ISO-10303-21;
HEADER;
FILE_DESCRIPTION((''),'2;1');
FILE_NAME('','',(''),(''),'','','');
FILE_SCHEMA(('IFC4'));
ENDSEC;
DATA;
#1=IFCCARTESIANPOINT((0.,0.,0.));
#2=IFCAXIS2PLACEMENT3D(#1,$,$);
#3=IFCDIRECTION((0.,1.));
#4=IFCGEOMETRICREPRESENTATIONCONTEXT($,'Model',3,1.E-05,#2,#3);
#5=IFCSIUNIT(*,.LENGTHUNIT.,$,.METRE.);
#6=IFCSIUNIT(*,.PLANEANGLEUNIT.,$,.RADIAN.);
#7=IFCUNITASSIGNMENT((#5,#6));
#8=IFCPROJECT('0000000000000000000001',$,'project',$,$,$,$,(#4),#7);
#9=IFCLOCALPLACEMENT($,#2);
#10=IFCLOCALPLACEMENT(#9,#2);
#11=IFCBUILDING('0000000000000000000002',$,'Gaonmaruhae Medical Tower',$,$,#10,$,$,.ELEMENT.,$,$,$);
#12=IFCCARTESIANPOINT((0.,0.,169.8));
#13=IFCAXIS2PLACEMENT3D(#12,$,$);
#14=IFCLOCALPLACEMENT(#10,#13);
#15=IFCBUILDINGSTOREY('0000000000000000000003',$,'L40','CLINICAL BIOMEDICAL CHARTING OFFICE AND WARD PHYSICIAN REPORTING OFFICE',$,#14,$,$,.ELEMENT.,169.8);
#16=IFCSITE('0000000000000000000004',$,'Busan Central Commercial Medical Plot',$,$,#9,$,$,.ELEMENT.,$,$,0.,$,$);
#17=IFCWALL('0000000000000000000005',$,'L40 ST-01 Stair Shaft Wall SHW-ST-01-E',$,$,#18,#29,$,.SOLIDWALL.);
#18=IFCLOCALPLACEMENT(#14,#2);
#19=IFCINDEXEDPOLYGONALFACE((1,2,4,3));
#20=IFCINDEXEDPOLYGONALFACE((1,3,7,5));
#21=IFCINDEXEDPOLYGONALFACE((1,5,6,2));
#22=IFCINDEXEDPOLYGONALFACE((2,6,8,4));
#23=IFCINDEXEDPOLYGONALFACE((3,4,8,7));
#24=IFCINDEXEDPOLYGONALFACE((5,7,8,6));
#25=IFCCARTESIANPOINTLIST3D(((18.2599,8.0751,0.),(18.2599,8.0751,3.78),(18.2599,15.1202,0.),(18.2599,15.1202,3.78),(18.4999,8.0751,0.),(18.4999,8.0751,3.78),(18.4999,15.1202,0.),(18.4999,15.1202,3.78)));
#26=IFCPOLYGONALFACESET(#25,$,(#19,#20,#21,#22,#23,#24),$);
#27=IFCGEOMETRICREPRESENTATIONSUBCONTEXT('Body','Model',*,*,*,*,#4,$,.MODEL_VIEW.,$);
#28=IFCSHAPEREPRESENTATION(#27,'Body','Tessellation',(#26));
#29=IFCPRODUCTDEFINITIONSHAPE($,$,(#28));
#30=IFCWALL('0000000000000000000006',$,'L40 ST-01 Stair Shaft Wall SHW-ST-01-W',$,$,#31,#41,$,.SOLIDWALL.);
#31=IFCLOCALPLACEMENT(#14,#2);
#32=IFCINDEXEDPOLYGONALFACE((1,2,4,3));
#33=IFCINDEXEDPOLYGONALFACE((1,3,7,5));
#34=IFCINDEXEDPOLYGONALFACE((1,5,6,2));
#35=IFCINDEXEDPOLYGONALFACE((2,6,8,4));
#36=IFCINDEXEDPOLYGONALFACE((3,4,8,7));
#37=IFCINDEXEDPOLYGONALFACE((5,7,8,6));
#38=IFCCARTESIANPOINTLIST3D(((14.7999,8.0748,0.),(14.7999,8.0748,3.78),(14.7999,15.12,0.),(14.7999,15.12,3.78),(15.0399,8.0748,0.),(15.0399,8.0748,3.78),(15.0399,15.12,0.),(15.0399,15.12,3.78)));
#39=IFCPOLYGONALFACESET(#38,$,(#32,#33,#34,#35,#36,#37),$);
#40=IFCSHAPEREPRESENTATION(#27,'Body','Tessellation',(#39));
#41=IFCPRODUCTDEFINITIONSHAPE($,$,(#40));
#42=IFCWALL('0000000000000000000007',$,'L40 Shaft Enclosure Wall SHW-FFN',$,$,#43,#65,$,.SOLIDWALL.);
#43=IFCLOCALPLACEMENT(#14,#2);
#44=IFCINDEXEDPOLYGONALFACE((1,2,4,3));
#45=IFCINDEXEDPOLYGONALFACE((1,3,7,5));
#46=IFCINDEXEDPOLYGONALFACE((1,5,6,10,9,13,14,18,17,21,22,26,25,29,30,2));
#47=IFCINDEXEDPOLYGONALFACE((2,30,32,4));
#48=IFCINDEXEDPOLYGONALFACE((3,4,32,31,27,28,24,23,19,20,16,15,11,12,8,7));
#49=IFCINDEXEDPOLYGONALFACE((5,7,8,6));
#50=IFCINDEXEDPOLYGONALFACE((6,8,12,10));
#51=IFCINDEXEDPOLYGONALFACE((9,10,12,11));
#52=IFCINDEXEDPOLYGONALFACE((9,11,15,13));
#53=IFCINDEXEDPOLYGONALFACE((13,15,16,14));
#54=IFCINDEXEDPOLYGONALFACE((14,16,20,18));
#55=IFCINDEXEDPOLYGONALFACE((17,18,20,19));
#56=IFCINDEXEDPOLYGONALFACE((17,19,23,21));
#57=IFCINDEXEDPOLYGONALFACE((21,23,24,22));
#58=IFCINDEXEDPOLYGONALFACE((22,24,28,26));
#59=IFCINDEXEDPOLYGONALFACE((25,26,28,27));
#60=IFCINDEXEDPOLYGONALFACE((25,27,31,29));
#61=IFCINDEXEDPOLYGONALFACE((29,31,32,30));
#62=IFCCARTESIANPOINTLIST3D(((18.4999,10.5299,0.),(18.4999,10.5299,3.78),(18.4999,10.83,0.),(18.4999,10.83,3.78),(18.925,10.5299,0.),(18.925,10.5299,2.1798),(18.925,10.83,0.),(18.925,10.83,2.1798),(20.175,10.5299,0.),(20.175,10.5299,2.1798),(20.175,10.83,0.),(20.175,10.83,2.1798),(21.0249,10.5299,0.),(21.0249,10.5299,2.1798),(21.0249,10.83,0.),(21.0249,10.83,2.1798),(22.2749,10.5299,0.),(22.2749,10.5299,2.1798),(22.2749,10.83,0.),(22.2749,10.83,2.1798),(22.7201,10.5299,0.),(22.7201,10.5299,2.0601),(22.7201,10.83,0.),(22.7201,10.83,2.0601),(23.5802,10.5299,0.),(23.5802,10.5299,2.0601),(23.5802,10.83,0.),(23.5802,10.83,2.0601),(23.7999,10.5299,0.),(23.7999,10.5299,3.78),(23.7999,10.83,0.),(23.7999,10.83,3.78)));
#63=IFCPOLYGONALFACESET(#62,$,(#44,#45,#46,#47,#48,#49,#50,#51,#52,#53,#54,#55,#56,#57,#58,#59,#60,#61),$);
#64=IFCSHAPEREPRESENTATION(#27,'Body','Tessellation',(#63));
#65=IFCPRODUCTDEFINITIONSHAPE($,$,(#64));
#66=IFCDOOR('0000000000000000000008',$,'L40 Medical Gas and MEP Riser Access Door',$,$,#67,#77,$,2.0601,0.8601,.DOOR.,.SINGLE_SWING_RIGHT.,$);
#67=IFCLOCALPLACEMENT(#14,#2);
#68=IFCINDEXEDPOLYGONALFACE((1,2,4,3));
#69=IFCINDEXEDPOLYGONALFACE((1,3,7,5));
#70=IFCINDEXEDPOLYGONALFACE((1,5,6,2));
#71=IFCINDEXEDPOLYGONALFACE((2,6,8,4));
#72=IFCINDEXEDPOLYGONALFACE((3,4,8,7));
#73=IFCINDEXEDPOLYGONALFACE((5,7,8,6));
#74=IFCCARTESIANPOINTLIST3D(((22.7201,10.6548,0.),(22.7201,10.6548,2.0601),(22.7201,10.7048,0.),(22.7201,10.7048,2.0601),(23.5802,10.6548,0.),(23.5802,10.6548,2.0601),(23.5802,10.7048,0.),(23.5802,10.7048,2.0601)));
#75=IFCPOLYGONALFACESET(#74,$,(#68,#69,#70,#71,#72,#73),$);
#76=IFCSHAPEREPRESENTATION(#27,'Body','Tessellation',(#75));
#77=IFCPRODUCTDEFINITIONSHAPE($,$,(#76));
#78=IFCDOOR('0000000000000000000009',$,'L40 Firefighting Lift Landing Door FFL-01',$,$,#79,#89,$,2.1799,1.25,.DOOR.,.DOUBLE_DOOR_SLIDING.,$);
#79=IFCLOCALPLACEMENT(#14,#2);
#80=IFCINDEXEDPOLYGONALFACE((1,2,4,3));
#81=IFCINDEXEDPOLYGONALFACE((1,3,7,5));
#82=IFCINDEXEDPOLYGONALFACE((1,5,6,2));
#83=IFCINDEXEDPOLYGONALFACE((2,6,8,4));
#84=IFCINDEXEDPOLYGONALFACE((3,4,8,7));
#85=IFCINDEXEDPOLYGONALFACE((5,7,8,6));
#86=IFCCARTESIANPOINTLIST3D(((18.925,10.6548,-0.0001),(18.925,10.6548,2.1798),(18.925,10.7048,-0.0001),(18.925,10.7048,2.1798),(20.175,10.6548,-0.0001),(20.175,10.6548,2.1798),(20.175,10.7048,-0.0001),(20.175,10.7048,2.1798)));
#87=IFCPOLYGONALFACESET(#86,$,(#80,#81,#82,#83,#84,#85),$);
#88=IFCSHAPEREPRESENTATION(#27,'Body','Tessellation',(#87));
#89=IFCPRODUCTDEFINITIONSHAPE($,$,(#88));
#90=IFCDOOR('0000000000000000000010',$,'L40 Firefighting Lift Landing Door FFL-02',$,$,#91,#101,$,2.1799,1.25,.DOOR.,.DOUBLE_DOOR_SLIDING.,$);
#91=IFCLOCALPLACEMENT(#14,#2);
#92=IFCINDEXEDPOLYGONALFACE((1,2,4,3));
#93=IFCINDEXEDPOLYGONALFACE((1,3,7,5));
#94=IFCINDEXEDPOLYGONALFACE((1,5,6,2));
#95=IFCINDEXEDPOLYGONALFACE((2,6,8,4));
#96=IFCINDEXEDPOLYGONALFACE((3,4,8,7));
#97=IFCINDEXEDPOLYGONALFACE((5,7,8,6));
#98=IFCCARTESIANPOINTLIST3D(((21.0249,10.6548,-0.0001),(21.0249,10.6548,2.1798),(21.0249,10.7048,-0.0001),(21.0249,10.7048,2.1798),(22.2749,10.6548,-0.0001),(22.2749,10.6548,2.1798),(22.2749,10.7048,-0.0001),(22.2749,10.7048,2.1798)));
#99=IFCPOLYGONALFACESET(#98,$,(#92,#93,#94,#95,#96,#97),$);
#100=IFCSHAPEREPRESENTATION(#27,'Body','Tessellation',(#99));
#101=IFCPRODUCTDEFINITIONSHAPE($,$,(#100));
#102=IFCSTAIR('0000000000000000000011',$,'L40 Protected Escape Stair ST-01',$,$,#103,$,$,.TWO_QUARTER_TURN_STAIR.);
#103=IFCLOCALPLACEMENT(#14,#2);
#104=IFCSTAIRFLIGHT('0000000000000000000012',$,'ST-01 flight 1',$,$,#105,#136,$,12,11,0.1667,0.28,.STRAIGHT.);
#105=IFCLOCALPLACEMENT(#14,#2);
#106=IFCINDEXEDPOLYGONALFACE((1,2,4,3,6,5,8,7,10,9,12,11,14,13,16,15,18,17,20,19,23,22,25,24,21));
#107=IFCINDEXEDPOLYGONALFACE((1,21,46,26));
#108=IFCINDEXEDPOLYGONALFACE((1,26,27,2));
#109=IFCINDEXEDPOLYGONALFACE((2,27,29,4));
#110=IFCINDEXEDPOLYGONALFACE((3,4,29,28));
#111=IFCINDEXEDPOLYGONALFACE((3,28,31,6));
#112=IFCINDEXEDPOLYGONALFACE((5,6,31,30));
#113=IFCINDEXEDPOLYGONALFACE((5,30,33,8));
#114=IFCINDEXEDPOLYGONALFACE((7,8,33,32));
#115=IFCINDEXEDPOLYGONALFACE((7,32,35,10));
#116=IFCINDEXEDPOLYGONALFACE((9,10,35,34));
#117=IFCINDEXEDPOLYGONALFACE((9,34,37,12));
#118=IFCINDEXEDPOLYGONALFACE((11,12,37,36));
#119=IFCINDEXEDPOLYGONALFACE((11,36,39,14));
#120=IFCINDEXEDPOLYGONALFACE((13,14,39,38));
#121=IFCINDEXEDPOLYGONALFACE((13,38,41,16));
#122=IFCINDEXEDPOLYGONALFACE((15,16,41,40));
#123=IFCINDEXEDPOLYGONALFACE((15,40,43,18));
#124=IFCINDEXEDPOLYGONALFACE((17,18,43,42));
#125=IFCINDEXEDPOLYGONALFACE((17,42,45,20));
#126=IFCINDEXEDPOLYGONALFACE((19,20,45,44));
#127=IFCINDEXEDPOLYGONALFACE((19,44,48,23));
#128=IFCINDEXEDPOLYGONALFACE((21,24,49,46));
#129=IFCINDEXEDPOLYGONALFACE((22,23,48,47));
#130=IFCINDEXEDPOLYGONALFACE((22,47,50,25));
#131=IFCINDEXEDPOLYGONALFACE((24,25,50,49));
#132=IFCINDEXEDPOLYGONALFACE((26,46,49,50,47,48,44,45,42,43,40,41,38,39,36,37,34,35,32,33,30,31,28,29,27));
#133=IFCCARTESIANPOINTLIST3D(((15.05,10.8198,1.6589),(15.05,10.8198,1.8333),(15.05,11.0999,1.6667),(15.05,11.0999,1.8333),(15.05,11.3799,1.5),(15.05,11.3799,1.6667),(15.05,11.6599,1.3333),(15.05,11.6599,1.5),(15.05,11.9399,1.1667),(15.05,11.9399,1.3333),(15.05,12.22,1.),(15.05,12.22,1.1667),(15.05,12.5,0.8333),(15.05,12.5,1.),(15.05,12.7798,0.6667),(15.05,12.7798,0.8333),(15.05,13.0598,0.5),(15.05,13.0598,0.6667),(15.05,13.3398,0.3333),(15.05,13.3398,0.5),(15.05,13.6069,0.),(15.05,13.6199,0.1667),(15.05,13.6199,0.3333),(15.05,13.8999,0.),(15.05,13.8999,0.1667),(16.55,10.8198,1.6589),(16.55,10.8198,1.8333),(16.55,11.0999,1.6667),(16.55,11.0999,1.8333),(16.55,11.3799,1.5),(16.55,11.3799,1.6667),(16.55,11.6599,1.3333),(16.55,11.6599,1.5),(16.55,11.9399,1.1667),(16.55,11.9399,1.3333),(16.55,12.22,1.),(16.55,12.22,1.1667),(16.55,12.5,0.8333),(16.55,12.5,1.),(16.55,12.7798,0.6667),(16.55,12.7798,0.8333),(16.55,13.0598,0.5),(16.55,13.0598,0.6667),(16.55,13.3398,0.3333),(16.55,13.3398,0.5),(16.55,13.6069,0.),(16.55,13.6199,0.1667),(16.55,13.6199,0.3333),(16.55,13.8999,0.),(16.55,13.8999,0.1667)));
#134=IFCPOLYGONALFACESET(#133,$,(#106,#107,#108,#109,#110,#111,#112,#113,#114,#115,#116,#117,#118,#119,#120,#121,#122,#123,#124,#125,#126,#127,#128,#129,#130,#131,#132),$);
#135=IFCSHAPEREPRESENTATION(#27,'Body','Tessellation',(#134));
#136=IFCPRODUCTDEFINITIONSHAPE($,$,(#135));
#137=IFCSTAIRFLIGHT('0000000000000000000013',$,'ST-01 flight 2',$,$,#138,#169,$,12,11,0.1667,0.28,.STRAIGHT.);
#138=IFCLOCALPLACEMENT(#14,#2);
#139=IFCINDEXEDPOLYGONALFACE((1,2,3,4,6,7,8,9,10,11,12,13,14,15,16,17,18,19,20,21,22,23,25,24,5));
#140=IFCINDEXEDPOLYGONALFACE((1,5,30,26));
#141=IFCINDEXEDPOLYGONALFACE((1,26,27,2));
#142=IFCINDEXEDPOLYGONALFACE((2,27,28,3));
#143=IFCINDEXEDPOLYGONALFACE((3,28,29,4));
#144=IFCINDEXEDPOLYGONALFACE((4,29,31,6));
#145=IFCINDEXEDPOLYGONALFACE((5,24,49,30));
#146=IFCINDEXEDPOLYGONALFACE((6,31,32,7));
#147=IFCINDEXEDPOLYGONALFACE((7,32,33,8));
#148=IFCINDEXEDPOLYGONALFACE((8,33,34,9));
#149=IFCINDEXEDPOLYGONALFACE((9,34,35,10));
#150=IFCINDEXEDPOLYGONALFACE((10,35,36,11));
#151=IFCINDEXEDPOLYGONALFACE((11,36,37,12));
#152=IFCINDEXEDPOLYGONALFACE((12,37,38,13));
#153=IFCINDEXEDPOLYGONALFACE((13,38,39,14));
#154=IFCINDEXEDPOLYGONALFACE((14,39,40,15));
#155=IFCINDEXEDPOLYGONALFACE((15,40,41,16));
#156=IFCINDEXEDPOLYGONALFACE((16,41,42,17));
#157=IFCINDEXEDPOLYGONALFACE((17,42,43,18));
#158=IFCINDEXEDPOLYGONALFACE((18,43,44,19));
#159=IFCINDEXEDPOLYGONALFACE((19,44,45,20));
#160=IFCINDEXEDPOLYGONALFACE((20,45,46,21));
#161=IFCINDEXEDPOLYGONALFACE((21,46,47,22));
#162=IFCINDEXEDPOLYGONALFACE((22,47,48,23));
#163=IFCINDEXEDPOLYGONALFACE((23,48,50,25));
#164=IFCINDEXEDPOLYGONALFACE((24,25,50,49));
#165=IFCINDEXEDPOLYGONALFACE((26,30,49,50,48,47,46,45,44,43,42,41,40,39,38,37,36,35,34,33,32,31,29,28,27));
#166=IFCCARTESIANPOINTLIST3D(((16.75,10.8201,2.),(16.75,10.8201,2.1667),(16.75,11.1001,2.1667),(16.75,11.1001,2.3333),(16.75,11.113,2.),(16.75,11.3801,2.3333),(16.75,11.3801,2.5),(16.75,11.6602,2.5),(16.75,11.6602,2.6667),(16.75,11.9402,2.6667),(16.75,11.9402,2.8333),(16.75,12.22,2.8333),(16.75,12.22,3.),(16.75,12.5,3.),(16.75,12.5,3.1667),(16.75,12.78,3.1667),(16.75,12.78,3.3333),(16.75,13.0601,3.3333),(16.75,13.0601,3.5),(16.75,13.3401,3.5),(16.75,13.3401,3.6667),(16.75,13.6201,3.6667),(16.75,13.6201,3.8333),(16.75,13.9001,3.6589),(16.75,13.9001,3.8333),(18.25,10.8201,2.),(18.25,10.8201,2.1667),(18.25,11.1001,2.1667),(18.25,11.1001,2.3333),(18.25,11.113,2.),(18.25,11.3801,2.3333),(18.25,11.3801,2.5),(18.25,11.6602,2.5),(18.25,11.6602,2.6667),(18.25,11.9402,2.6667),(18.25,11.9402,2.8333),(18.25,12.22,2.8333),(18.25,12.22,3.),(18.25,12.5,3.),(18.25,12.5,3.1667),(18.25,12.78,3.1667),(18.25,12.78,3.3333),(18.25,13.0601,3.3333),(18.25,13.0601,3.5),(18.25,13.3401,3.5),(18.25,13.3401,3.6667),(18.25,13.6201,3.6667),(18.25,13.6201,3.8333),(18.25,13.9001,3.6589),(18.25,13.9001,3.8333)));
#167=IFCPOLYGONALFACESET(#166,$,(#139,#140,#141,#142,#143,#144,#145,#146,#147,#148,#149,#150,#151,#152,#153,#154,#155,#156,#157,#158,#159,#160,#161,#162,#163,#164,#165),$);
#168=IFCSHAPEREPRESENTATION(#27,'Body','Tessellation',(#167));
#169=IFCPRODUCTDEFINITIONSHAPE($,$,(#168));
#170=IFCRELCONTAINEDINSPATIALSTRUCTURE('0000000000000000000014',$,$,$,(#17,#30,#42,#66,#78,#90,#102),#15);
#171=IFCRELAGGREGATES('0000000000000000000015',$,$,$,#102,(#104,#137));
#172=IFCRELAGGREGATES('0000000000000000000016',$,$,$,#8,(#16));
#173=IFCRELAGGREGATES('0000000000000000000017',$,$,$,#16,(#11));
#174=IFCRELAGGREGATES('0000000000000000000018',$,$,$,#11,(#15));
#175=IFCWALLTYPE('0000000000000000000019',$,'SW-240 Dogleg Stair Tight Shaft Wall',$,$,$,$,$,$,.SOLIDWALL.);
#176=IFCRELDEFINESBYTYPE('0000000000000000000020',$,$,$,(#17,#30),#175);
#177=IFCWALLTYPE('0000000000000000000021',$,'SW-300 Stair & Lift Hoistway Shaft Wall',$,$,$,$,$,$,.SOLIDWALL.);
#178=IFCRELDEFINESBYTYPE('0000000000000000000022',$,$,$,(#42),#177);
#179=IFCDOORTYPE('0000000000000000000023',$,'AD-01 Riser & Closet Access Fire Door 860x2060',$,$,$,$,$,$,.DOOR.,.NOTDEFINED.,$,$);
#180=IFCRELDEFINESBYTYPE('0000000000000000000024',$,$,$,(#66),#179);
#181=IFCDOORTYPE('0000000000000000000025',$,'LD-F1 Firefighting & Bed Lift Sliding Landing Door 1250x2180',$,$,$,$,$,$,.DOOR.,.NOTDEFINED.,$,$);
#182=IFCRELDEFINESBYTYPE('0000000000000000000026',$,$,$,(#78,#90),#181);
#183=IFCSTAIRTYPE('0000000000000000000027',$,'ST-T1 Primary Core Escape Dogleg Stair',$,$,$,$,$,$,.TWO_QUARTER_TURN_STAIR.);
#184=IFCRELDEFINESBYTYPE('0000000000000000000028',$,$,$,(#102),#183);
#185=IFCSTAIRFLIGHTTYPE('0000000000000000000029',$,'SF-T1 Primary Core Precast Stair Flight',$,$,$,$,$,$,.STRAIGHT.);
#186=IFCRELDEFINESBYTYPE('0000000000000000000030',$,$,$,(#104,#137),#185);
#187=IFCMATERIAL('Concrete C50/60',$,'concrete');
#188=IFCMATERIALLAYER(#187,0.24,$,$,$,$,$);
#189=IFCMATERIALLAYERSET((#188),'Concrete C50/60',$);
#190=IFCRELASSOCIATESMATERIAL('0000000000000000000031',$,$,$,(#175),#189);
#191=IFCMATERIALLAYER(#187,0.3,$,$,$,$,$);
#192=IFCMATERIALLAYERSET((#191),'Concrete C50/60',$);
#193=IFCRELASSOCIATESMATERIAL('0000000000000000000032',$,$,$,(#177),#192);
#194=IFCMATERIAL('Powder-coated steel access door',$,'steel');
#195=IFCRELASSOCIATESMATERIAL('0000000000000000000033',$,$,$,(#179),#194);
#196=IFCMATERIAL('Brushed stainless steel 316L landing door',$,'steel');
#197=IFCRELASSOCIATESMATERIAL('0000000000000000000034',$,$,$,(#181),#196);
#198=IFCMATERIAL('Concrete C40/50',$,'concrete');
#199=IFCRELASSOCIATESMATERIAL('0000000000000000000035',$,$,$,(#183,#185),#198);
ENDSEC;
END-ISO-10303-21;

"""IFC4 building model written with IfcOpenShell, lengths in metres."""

from ifc_helpers import new_model, si_unit, direction, frame, frame_2d, origin, place, context, subcontext, project, spatial, polyline, rectangle, outline, extrude, material, layer, layer_set, type_object, element, fill, aggregate, save


model = new_model("IFC4")

# Units and contexts
model_context = context("Model", 3, precision=1e-05, world=origin(), true_north=direction((0.0, 1.0)))
body_context = subcontext(model_context, "Body", "Model", "MODEL_VIEW")
ifc_project = project(units=[si_unit("LENGTHUNIT", "METRE"), si_unit("PLANEANGLEUNIT", "RADIAN")], contexts=[model_context])

# Site, building, storey
site_placement = place(None, origin())
site = spatial("IfcSite", under=ifc_project, at=site_placement, Name="Busan Central Commercial Medical Plot", CompositionType="ELEMENT", RefElevation=0.0)
building_placement = place(site_placement, origin())
building = spatial("IfcBuilding", under=site, at=building_placement, Name="Gaonmaruhae Medical Tower", CompositionType="ELEMENT")
storey_placement = place(building_placement, frame((0.0, 0.0, 169.8)))
storey = spatial("IfcBuildingStorey", under=building, at=storey_placement, Name="L40", Description="CLINICAL BIOMEDICAL CHARTING OFFICE AND WARD PHYSICIAN REPORTING OFFICE", CompositionType="ELEMENT", Elevation=169.8)

# Shared definitions
ifc_material_1 = material(Name="Concrete C50/60", Category="concrete")
ifc_layer_1 = layer(ifc_material_1, 0.24)
ifc_layer_set_1 = layer_set([ifc_layer_1], Name="Concrete C50/60")
wall_type_1 = type_object("IfcWallType", Name="SW-240 Dogleg Stair Tight Shaft Wall", PredefinedType="SOLIDWALL", material=ifc_layer_set_1)

# Walls
for number, where, z_axis, x_axis, name in (
    (1, (18.3799, 15.1201, 0.0), (0.0, 0.0, 1.0), (0.0, -1.0, 0.0), "L40 ST-01 Stair Shaft Wall SHW-ST-01-E"),
    (2, (14.9199, 8.075, 0.0), (0.0, 0.0, 1.0), (0.0, 1.0, 0.0), "L40 ST-01 Stair Shaft Wall SHW-ST-01-W"),
):
    element("IfcWall", number, at=place(storey_placement, frame(where, z_axis=z_axis, x_axis=x_axis)), inside=storey, type_object=wall_type_1, Name=name, PredefinedType="SOLIDWALL", context=body_context, shape_type="SweptSolid", body=[
        extrude(rectangle(XDim=7.0452, YDim=0.24, at=frame_2d((3.5225, 0.0))), origin(), (0.0, 0.0, 1.0), 3.78),
    ])

# Wall, openings, doors
ifc_layer_2 = layer(ifc_material_1, 0.3)
ifc_layer_set_2 = layer_set([ifc_layer_2], Name="Concrete C50/60")
wall_type_2 = type_object("IfcWallType", Name="SW-300 Stair & Lift Hoistway Shaft Wall", PredefinedType="SOLIDWALL", material=ifc_layer_set_2)
wall_1_placement = place(storey_placement, frame((18.5, 10.6799, 0.0), z_axis=(0.0, 0.0, 1.0), x_axis=(1.0, 0.0, 0.0)))
wall_1 = element("IfcWall", 3, at=wall_1_placement, inside=storey, type_object=wall_type_2, Name="L40 Shaft Enclosure Wall SHW-FFN", PredefinedType="SOLIDWALL", context=body_context, shape_type="SweptSolid", body=[
    extrude(rectangle(XDim=5.3, YDim=0.3, at=frame_2d((2.6499, 0.0))), origin(), (0.0, 0.0, 1.0), 3.78),
])
opening_1_placement = place(wall_1_placement, frame((4.22, 0.0, 0.0)))
opening_1 = element("IfcOpeningElement", 4, at=opening_1_placement, cuts=wall_1, PredefinedType="OPENING", context=body_context, shape_type="SweptSolid", body=[
    extrude(rectangle(XDim=0.8601, YDim=2.0601, at=frame_2d((0.4302, 1.03))), frame((0.0, 0.1602, 0.0), z_axis=(0.0, -1.0, 0.0), x_axis=(1.0, 0.0, 0.0)), (0.0, 0.0, 1.0), 0.3201),
])
opening_2_placement = place(wall_1_placement, frame((0.425, 0.0, 0.0)))
opening_2 = element("IfcOpeningElement", 5, at=opening_2_placement, cuts=wall_1, PredefinedType="OPENING", context=body_context, shape_type="SweptSolid", body=[
    extrude(rectangle(XDim=1.25, YDim=2.1799, at=frame_2d((0.625, 1.0898))), frame((0.0, 0.1602, 0.0), z_axis=(0.0, -1.0, 0.0), x_axis=(1.0, 0.0, 0.0)), (0.0, 0.0, 1.0), 0.3201),
])
opening_3_placement = place(wall_1_placement, frame((2.5249, 0.0, 0.0)))
opening_3 = element("IfcOpeningElement", 6, at=opening_3_placement, cuts=wall_1, PredefinedType="OPENING", context=body_context, shape_type="SweptSolid", body=[
    extrude(rectangle(XDim=1.25, YDim=2.1799, at=frame_2d((0.625, 1.0898))), frame((0.0, 0.1602, 0.0), z_axis=(0.0, -1.0, 0.0), x_axis=(1.0, 0.0, 0.0)), (0.0, 0.0, 1.0), 0.3201),
])
ifc_material_2 = material(Name="Powder-coated steel access door", Category="steel")
door_type_1 = type_object("IfcDoorType", Name="AD-01 Riser & Closet Access Fire Door 860x2060", OperationType="NOTDEFINED", PredefinedType="DOOR", material=ifc_material_2)
door_1_placement = place(opening_1_placement, origin())
door_1 = element("IfcDoor", 7, at=door_1_placement, inside=storey, type_object=door_type_1, Name="L40 Medical Gas and MEP Riser Access Door", OperationType="SINGLE_SWING_RIGHT", OverallHeight=2.0601, OverallWidth=0.8601, PredefinedType="DOOR", context=body_context, shape_type="SweptSolid", body=[
    extrude(rectangle(XDim=0.8601, YDim=2.0601, at=frame_2d((0.4302, 1.03))), frame((0.0, 0.0249, 0.0), z_axis=(0.0, -1.0, 0.0), x_axis=(1.0, 0.0, 0.0)), (0.0, 0.0, 1.0), 0.05),
])
fill(opening_1, door_1)
ifc_material_3 = material(Name="Brushed stainless steel 316L landing door", Category="steel")
door_type_2 = type_object("IfcDoorType", Name="LD-F1 Firefighting & Bed Lift Sliding Landing Door 1250x2180", OperationType="NOTDEFINED", PredefinedType="DOOR", material=ifc_material_3)
door_2_placement = place(opening_2_placement, origin())
door_2 = element("IfcDoor", 8, at=door_2_placement, inside=storey, type_object=door_type_2, Name="L40 Firefighting Lift Landing Door FFL-01", OperationType="DOUBLE_DOOR_SLIDING", OverallHeight=2.1799, OverallWidth=1.25, PredefinedType="DOOR", context=body_context, shape_type="SweptSolid", body=[
    extrude(rectangle(XDim=1.25, YDim=2.1799, at=frame_2d((0.625, 1.0898))), frame((0.0, 0.0249, 0.0), z_axis=(0.0, -1.0, 0.0), x_axis=(1.0, 0.0, 0.0)), (0.0, 0.0, 1.0), 0.05),
])
fill(opening_2, door_2)
door_3_placement = place(opening_3_placement, origin())
door_3 = element("IfcDoor", 9, at=door_3_placement, inside=storey, type_object=door_type_2, Name="L40 Firefighting Lift Landing Door FFL-02", OperationType="DOUBLE_DOOR_SLIDING", OverallHeight=2.1799, OverallWidth=1.25, PredefinedType="DOOR", context=body_context, shape_type="SweptSolid", body=[
    extrude(rectangle(XDim=1.25, YDim=2.1799, at=frame_2d((0.625, 1.0898))), frame((0.0, 0.0249, 0.0), z_axis=(0.0, -1.0, 0.0), x_axis=(1.0, 0.0, 0.0)), (0.0, 0.0, 1.0), 0.05),
])
fill(opening_3, door_3)

# Stair, stair flights
ifc_material_4 = material(Name="Concrete C40/50", Category="concrete")
stair_type = type_object("IfcStairType", Name="ST-T1 Primary Core Escape Dogleg Stair", PredefinedType="TWO_QUARTER_TURN_STAIR", material=ifc_material_4)
stair_placement = place(storey_placement, origin())
stair = element("IfcStair", 10, at=stair_placement, inside=storey, type_object=stair_type, Name="L40 Protected Escape Stair ST-01", PredefinedType="TWO_QUARTER_TURN_STAIR")
stair_flight_type = type_object("IfcStairFlightType", Name="SF-T1 Primary Core Precast Stair Flight", PredefinedType="STRAIGHT", material=ifc_material_4)
stair_flight_1_placement = place(storey_placement, frame((15.8, 13.8999, 0.0), z_axis=(0.0, 0.0, 1.0), x_axis=(0.0, -1.0, 0.0)))
stair_flight_1 = element("IfcStairFlight", 11, at=stair_flight_1_placement, type_object=stair_flight_type, Name="ST-01 flight 1", NumberOfRisers=12, NumberOfTreads=11, PredefinedType="STRAIGHT", RiserHeight=0.1667, TreadLength=0.28, context=body_context, shape_type="SweptSolid", body=[
    extrude(outline(polyline([(0.0, 0.0), (0.0, 0.1667), (0.28, 0.1667), (0.28, 0.3333), (0.5601, 0.3333), (0.5601, 0.5), (0.8401, 0.5), (0.8401, 0.6667), (1.1201, 0.6667), (1.1201, 0.8333), (1.3999, 0.8333), (1.3999, 1.0), (1.6799, 1.0), (1.6799, 1.1667), (1.96, 1.1667), (1.96, 1.3333), (2.24, 1.3333), (2.24, 1.5), (2.52, 1.5), (2.52, 1.6667), (2.8, 1.6667), (2.8, 1.8333), (3.0801, 1.8333), (3.0801, 2.0), (3.0801, 1.6589), (0.293, 0.0), (0.0, 0.0)])), frame((0.0, 0.75, 0.0), z_axis=(0.0, -1.0, 0.0), x_axis=(1.0, 0.0, 0.0)), (0.0, 0.0, 1.0), 1.5),
])
stair_flight_2_placement = place(storey_placement, frame((17.5, 10.8201, 2.0), z_axis=(0.0, 0.0, 1.0), x_axis=(0.0, 1.0, 0.0)))
stair_flight_2 = element("IfcStairFlight", 12, at=stair_flight_2_placement, type_object=stair_flight_type, Name="ST-01 flight 2", NumberOfRisers=12, NumberOfTreads=11, PredefinedType="STRAIGHT", RiserHeight=0.1667, TreadLength=0.28, context=body_context, shape_type="SweptSolid", body=[
    extrude(outline(polyline([(0.0, 0.0), (0.0, 0.1667), (0.28, 0.1667), (0.28, 0.3333), (0.5601, 0.3333), (0.5601, 0.5), (0.8401, 0.5), (0.8401, 0.6667), (1.1201, 0.6667), (1.1201, 0.8333), (1.3999, 0.8333), (1.3999, 1.0), (1.6799, 1.0), (1.6799, 1.1667), (1.96, 1.1667), (1.96, 1.3333), (2.24, 1.3333), (2.24, 1.5), (2.52, 1.5), (2.52, 1.6667), (2.8, 1.6667), (2.8, 1.8333), (3.0801, 1.8333), (3.0801, 2.0), (3.0801, 1.6589), (0.293, 0.0), (0.0, 0.0)])), frame((0.0, 0.75, 0.0), z_axis=(0.0, -1.0, 0.0), x_axis=(1.0, 0.0, 0.0)), (0.0, 0.0, 1.0), 1.5),
])
aggregate(stair, [stair_flight_1, stair_flight_2])

save(model, "model.ifc")
